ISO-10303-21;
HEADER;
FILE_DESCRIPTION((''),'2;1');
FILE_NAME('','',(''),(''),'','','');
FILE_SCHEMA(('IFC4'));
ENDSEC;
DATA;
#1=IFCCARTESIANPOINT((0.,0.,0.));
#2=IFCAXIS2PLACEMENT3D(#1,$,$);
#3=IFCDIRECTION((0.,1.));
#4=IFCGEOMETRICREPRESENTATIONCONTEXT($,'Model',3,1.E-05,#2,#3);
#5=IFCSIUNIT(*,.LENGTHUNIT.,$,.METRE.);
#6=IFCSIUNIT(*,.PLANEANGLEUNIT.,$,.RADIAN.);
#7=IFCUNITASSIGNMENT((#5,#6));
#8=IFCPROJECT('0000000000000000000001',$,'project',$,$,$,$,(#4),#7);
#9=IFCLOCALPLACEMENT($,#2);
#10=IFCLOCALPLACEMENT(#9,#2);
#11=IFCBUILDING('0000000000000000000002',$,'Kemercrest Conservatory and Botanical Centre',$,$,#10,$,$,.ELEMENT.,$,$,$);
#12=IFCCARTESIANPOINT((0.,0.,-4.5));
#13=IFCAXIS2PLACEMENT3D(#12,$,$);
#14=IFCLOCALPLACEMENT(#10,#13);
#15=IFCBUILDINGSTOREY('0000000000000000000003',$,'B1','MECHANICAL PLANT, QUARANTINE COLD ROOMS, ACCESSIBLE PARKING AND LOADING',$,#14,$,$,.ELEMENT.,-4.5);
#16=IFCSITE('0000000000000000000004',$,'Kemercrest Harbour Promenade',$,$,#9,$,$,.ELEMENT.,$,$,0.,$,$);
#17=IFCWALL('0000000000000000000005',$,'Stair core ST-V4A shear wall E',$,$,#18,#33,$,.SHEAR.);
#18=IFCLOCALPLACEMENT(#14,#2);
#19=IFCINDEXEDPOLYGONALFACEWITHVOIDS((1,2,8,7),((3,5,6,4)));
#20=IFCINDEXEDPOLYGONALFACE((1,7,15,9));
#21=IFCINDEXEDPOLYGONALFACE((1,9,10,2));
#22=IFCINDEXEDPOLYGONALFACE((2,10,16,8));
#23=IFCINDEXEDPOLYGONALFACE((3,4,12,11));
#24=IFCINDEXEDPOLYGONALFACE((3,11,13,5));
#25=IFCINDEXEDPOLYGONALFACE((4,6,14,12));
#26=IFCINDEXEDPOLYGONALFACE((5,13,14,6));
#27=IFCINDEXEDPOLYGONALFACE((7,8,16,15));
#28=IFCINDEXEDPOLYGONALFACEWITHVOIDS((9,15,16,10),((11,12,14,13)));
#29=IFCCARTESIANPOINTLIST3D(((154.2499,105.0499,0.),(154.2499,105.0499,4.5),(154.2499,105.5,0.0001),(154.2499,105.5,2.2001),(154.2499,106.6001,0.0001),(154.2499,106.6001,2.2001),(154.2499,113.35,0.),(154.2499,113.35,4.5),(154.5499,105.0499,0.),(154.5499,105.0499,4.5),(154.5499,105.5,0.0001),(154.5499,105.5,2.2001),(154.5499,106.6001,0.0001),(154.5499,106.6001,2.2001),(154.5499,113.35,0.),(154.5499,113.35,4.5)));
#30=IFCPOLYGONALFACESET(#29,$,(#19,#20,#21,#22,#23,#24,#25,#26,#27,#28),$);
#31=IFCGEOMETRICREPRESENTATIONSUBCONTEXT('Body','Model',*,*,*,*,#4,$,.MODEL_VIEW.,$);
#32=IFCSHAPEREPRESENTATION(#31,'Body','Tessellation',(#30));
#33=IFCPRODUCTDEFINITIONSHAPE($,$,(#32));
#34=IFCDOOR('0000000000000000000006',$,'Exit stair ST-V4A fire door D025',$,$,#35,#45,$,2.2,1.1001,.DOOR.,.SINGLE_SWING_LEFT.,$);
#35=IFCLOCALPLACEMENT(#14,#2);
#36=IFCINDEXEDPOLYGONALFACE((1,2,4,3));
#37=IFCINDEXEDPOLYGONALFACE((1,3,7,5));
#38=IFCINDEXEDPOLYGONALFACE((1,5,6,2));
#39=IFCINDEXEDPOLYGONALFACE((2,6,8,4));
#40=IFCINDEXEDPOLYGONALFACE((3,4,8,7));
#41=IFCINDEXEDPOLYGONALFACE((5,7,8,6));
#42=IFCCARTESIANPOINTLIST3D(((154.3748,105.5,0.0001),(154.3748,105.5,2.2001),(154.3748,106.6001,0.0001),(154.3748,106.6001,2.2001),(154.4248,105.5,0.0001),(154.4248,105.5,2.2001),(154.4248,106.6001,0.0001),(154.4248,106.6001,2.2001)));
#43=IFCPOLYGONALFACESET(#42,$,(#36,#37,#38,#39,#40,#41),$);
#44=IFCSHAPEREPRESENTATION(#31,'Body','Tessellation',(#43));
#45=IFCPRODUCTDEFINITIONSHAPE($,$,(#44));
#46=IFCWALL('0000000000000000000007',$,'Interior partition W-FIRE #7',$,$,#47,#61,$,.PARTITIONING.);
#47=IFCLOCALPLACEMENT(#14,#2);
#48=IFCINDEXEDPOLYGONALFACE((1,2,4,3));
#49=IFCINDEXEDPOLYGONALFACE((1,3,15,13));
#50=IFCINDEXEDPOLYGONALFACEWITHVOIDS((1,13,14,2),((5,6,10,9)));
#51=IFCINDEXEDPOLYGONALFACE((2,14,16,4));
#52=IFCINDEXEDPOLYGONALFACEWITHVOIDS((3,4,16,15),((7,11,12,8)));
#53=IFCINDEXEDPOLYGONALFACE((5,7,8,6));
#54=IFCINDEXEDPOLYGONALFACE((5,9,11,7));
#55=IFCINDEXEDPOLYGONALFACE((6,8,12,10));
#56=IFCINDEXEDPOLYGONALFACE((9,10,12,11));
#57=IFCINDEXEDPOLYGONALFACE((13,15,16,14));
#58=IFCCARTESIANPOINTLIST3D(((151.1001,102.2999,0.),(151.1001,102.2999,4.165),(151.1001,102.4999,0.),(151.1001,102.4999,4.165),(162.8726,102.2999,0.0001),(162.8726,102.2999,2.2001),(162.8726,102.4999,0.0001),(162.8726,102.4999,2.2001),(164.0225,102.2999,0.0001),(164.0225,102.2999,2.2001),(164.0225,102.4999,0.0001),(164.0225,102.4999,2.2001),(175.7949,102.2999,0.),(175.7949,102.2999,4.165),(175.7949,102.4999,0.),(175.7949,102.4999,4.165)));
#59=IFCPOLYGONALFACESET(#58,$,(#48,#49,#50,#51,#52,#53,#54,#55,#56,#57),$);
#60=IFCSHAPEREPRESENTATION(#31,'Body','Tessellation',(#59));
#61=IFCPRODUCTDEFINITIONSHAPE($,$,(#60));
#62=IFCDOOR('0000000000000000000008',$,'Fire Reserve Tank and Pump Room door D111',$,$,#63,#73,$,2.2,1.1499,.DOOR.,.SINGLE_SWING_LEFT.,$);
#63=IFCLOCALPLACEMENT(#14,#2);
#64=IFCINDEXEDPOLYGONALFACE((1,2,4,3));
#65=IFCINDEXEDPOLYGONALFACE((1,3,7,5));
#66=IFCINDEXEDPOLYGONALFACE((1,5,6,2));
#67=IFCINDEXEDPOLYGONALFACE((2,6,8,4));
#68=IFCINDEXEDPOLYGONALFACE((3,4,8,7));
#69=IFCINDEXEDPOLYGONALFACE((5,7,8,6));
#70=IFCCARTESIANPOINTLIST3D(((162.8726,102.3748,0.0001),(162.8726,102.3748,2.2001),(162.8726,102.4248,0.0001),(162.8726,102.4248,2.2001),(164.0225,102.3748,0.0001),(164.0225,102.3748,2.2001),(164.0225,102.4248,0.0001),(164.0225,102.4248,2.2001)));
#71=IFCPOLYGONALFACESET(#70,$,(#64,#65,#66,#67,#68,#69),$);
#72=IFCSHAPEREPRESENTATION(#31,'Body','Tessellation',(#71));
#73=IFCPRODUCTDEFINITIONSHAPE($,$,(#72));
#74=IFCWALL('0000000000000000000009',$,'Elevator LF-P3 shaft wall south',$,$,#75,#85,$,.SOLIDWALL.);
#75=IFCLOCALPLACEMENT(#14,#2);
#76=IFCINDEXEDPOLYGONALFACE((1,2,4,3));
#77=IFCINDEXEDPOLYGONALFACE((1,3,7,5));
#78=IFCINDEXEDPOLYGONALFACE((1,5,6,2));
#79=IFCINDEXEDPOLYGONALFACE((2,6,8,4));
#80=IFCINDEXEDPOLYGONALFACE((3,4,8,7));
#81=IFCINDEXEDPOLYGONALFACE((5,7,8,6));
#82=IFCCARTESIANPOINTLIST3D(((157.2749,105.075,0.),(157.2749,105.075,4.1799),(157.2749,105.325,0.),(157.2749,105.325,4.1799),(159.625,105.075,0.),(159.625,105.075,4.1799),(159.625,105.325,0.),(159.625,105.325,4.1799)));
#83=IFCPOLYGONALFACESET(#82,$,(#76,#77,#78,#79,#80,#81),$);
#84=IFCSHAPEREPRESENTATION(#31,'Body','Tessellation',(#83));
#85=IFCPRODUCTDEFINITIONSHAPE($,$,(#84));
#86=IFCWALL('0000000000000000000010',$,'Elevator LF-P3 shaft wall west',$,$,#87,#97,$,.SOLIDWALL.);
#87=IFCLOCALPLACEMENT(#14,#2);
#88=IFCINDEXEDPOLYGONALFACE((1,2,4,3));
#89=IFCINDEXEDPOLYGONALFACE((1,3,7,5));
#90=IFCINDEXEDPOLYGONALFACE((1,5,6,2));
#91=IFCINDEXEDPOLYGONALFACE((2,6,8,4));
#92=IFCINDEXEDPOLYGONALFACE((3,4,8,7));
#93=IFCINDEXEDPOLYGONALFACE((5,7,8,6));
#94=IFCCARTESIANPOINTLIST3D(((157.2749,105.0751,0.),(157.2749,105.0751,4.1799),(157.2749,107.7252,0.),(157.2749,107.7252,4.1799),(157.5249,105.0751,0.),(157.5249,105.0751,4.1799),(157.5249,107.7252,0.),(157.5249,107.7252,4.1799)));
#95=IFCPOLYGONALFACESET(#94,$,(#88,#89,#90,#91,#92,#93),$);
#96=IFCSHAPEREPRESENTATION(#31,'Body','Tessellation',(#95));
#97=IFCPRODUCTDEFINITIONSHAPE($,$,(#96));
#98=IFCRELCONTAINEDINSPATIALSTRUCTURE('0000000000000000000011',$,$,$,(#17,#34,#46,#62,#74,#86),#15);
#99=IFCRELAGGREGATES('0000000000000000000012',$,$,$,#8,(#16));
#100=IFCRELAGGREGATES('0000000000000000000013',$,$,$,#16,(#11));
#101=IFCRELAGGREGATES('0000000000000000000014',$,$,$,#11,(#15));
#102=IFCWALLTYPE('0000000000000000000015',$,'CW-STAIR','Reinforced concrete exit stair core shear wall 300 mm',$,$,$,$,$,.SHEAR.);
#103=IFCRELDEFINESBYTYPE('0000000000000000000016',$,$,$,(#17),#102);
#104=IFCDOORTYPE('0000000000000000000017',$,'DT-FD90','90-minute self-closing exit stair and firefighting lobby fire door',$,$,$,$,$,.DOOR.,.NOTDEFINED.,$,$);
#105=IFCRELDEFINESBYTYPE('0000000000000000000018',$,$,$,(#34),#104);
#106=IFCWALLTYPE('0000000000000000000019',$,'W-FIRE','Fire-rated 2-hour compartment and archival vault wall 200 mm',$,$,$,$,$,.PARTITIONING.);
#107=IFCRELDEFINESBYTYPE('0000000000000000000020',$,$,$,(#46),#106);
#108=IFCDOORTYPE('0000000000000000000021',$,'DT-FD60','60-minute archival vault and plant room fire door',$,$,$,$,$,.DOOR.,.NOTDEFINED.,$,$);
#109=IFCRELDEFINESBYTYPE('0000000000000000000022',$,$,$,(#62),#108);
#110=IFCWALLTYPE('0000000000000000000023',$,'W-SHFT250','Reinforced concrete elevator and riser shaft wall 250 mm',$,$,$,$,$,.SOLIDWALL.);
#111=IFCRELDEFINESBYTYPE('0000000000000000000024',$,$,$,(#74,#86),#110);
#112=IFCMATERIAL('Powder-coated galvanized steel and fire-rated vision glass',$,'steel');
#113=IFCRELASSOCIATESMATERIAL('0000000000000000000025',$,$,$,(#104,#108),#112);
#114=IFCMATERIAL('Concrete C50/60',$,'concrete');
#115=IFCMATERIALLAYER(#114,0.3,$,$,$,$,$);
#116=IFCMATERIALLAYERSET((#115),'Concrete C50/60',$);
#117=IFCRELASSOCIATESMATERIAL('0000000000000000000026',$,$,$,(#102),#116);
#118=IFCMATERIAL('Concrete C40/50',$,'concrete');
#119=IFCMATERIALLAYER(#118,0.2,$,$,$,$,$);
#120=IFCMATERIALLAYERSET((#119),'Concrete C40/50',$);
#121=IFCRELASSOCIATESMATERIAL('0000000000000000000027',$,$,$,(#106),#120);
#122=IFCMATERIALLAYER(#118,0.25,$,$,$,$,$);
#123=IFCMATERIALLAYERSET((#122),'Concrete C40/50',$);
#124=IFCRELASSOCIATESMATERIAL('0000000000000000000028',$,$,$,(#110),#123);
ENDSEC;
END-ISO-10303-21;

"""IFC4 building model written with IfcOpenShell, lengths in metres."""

from ifc_helpers import new_model, si_unit, direction, frame, frame_2d, origin, place, context, subcontext, project, spatial, rectangle, extrude, material, layer, layer_set, type_object, element, fill, save


model = new_model("IFC4")

# Units and contexts
model_context = context("Model", 3, precision=1e-05, world=origin(), true_north=direction((0.0, 1.0)))
body_context = subcontext(model_context, "Body", "Model", "MODEL_VIEW")
ifc_project = project(units=[si_unit("LENGTHUNIT", "METRE"), si_unit("PLANEANGLEUNIT", "RADIAN")], contexts=[model_context])

# Site, building, storey
site_placement = place(None, origin())
site = spatial("IfcSite", under=ifc_project, at=site_placement, Name="Kemercrest Harbour Promenade", CompositionType="ELEMENT", RefElevation=0.0)
building_placement = place(site_placement, origin())
building = spatial("IfcBuilding", under=site, at=building_placement, Name="Kemercrest Conservatory and Botanical Centre", CompositionType="ELEMENT")
storey_placement = place(building_placement, frame((0.0, 0.0, -4.5)))
storey = spatial("IfcBuildingStorey", under=building, at=storey_placement, Name="B1", Description="MECHANICAL PLANT, QUARANTINE COLD ROOMS, ACCESSIBLE PARKING AND LOADING", CompositionType="ELEMENT", Elevation=-4.5)

# Shared definitions
ifc_material_1 = material(Name="Concrete C40/50", Category="concrete")

# Shared definitions
ifc_material_2 = material(Name="Concrete C50/60", Category="concrete")

# Shared definitions
ifc_material_3 = material(Name="Powder-coated galvanized steel and fire-rated vision glass", Category="steel")
door_type_1 = type_object("IfcDoorType", Name="DT-FD90", Description="90-minute self-closing exit stair and firefighting lobby fire door", OperationType="NOTDEFINED", PredefinedType="DOOR", material=ifc_material_3)

# Shared definitions
ifc_layer_1 = layer(ifc_material_2, 0.3)
ifc_layer_set_1 = layer_set([ifc_layer_1], Name="Concrete C50/60")
wall_type_1 = type_object("IfcWallType", Name="CW-STAIR", Description="Reinforced concrete exit stair core shear wall 300 mm", PredefinedType="SHEAR", material=ifc_layer_set_1)

# Walls, openings, doors
wall_1_placement = place(storey_placement, frame((154.3999, 105.05, 0.0), z_axis=(0.0, 0.0, 1.0), x_axis=(0.0, 1.0, 0.0)))
wall_1 = element("IfcWall", 1, at=wall_1_placement, inside=storey, type_object=wall_type_1, Name="Stair core ST-V4A shear wall E", PredefinedType="SHEAR", context=body_context, shape_type="SweptSolid", body=[
    extrude(rectangle(XDim=8.3, YDim=0.3, at=frame_2d((4.1499, 0.0))), origin(), (0.0, 0.0, 1.0), 4.5),
])
opening_1_placement = place(wall_1_placement, frame((0.45, 0.0, 0.0)))
opening_1 = element("IfcOpeningElement", 2, at=opening_1_placement, cuts=wall_1, PredefinedType="OPENING", context=body_context, shape_type="SweptSolid", body=[
    extrude(rectangle(XDim=1.1001, YDim=2.2, at=frame_2d((0.55, 1.1001))), frame((0.0, 0.1602, 0.0), z_axis=(0.0, -1.0, 0.0), x_axis=(1.0, 0.0, 0.0)), (0.0, 0.0, 1.0), 0.3201),
])
door_1_placement = place(opening_1_placement, frame((1.1001, 0.0, 0.0), z_axis=(0.0, 0.0, 1.0), x_axis=(-1.0, 0.0, 0.0)))
door_1 = element("IfcDoor", 3, at=door_1_placement, inside=storey, type_object=door_type_1, Name="Exit stair ST-V4A fire door D025", OperationType="SINGLE_SWING_LEFT", OverallHeight=2.2, OverallWidth=1.1001, PredefinedType="DOOR", context=body_context, shape_type="SweptSolid", body=[
    extrude(rectangle(XDim=1.1001, YDim=2.2, at=frame_2d((0.55, 1.1001))), frame((0.0, 0.0249, 0.0), z_axis=(0.0, -1.0, 0.0), x_axis=(1.0, 0.0, 0.0)), (0.0, 0.0, 1.0), 0.05),
])
fill(opening_1, door_1)
ifc_layer_2 = layer(ifc_material_1, 0.2)
ifc_layer_set_2 = layer_set([ifc_layer_2], Name="Concrete C40/50")
wall_type_2 = type_object("IfcWallType", Name="W-FIRE", Description="Fire-rated 2-hour compartment and archival vault wall 200 mm", PredefinedType="PARTITIONING", material=ifc_layer_set_2)
wall_2_placement = place(storey_placement, frame((151.1001, 102.3999, 0.0), z_axis=(0.0, 0.0, 1.0), x_axis=(1.0, 0.0, 0.0)))
wall_2 = element("IfcWall", 4, at=wall_2_placement, inside=storey, type_object=wall_type_2, Name="Interior partition W-FIRE #7", PredefinedType="PARTITIONING", context=body_context, shape_type="SweptSolid", body=[
    extrude(rectangle(XDim=24.6948, YDim=0.2, at=frame_2d((12.3474, 0.0))), origin(), (0.0, 0.0, 1.0), 4.165),
])
opening_2_placement = place(wall_2_placement, frame((11.7725, 0.0, 0.0)))
opening_2 = element("IfcOpeningElement", 5, at=opening_2_placement, cuts=wall_2, PredefinedType="OPENING", context=body_context, shape_type="SweptSolid", body=[
    extrude(rectangle(XDim=1.1499, YDim=2.2, at=frame_2d((0.575, 1.1001))), frame((0.0, 0.1099, 0.0), z_axis=(0.0, -1.0, 0.0), x_axis=(1.0, 0.0, 0.0)), (0.0, 0.0, 1.0), 0.22),
])
door_type_2 = type_object("IfcDoorType", Name="DT-FD60", Description="60-minute archival vault and plant room fire door", OperationType="NOTDEFINED", PredefinedType="DOOR", material=ifc_material_3)
door_2_placement = place(opening_2_placement, origin())
door_2 = element("IfcDoor", 6, at=door_2_placement, inside=storey, type_object=door_type_2, Name="Fire Reserve Tank and Pump Room door D111", OperationType="SINGLE_SWING_LEFT", OverallHeight=2.2, OverallWidth=1.1499, PredefinedType="DOOR", context=body_context, shape_type="SweptSolid", body=[
    extrude(rectangle(XDim=1.1499, YDim=2.2, at=frame_2d((0.575, 1.1001))), frame((0.0, 0.0249, 0.0), z_axis=(0.0, -1.0, 0.0), x_axis=(1.0, 0.0, 0.0)), (0.0, 0.0, 1.0), 0.05),
])
fill(opening_2, door_2)

# Walls
ifc_layer_3 = layer(ifc_material_1, 0.25)
ifc_layer_set_3 = layer_set([ifc_layer_3], Name="Concrete C40/50")
wall_type_3 = type_object("IfcWallType", Name="W-SHFT250", Description="Reinforced concrete elevator and riser shaft wall 250 mm", PredefinedType="SOLIDWALL", material=ifc_layer_set_3)
wall_3_placement = place(storey_placement, frame((157.2749, 105.2, 0.0), z_axis=(0.0, 0.0, 1.0), x_axis=(1.0, 0.0, 0.0)))
element("IfcWall", 7, at=wall_3_placement, inside=storey, type_object=wall_type_3, Name="Elevator LF-P3 shaft wall south", PredefinedType="SOLIDWALL", context=body_context, shape_type="SweptSolid", body=[
    extrude(rectangle(XDim=2.3501, YDim=0.25, at=frame_2d((1.175, 0.0))), origin(), (0.0, 0.0, 1.0), 4.1799),
])
wall_4_placement = place(storey_placement, frame((157.3999, 105.075, 0.0), z_axis=(0.0, 0.0, 1.0), x_axis=(0.0, 1.0, 0.0)))
element("IfcWall", 8, at=wall_4_placement, inside=storey, type_object=wall_type_3, Name="Elevator LF-P3 shaft wall west", PredefinedType="SOLIDWALL", context=body_context, shape_type="SweptSolid", body=[
    extrude(rectangle(XDim=2.6501, YDim=0.25, at=frame_2d((1.3252, 0.0))), origin(), (0.0, 0.0, 1.0), 4.1799),
])

save(model, "model.ifc")
